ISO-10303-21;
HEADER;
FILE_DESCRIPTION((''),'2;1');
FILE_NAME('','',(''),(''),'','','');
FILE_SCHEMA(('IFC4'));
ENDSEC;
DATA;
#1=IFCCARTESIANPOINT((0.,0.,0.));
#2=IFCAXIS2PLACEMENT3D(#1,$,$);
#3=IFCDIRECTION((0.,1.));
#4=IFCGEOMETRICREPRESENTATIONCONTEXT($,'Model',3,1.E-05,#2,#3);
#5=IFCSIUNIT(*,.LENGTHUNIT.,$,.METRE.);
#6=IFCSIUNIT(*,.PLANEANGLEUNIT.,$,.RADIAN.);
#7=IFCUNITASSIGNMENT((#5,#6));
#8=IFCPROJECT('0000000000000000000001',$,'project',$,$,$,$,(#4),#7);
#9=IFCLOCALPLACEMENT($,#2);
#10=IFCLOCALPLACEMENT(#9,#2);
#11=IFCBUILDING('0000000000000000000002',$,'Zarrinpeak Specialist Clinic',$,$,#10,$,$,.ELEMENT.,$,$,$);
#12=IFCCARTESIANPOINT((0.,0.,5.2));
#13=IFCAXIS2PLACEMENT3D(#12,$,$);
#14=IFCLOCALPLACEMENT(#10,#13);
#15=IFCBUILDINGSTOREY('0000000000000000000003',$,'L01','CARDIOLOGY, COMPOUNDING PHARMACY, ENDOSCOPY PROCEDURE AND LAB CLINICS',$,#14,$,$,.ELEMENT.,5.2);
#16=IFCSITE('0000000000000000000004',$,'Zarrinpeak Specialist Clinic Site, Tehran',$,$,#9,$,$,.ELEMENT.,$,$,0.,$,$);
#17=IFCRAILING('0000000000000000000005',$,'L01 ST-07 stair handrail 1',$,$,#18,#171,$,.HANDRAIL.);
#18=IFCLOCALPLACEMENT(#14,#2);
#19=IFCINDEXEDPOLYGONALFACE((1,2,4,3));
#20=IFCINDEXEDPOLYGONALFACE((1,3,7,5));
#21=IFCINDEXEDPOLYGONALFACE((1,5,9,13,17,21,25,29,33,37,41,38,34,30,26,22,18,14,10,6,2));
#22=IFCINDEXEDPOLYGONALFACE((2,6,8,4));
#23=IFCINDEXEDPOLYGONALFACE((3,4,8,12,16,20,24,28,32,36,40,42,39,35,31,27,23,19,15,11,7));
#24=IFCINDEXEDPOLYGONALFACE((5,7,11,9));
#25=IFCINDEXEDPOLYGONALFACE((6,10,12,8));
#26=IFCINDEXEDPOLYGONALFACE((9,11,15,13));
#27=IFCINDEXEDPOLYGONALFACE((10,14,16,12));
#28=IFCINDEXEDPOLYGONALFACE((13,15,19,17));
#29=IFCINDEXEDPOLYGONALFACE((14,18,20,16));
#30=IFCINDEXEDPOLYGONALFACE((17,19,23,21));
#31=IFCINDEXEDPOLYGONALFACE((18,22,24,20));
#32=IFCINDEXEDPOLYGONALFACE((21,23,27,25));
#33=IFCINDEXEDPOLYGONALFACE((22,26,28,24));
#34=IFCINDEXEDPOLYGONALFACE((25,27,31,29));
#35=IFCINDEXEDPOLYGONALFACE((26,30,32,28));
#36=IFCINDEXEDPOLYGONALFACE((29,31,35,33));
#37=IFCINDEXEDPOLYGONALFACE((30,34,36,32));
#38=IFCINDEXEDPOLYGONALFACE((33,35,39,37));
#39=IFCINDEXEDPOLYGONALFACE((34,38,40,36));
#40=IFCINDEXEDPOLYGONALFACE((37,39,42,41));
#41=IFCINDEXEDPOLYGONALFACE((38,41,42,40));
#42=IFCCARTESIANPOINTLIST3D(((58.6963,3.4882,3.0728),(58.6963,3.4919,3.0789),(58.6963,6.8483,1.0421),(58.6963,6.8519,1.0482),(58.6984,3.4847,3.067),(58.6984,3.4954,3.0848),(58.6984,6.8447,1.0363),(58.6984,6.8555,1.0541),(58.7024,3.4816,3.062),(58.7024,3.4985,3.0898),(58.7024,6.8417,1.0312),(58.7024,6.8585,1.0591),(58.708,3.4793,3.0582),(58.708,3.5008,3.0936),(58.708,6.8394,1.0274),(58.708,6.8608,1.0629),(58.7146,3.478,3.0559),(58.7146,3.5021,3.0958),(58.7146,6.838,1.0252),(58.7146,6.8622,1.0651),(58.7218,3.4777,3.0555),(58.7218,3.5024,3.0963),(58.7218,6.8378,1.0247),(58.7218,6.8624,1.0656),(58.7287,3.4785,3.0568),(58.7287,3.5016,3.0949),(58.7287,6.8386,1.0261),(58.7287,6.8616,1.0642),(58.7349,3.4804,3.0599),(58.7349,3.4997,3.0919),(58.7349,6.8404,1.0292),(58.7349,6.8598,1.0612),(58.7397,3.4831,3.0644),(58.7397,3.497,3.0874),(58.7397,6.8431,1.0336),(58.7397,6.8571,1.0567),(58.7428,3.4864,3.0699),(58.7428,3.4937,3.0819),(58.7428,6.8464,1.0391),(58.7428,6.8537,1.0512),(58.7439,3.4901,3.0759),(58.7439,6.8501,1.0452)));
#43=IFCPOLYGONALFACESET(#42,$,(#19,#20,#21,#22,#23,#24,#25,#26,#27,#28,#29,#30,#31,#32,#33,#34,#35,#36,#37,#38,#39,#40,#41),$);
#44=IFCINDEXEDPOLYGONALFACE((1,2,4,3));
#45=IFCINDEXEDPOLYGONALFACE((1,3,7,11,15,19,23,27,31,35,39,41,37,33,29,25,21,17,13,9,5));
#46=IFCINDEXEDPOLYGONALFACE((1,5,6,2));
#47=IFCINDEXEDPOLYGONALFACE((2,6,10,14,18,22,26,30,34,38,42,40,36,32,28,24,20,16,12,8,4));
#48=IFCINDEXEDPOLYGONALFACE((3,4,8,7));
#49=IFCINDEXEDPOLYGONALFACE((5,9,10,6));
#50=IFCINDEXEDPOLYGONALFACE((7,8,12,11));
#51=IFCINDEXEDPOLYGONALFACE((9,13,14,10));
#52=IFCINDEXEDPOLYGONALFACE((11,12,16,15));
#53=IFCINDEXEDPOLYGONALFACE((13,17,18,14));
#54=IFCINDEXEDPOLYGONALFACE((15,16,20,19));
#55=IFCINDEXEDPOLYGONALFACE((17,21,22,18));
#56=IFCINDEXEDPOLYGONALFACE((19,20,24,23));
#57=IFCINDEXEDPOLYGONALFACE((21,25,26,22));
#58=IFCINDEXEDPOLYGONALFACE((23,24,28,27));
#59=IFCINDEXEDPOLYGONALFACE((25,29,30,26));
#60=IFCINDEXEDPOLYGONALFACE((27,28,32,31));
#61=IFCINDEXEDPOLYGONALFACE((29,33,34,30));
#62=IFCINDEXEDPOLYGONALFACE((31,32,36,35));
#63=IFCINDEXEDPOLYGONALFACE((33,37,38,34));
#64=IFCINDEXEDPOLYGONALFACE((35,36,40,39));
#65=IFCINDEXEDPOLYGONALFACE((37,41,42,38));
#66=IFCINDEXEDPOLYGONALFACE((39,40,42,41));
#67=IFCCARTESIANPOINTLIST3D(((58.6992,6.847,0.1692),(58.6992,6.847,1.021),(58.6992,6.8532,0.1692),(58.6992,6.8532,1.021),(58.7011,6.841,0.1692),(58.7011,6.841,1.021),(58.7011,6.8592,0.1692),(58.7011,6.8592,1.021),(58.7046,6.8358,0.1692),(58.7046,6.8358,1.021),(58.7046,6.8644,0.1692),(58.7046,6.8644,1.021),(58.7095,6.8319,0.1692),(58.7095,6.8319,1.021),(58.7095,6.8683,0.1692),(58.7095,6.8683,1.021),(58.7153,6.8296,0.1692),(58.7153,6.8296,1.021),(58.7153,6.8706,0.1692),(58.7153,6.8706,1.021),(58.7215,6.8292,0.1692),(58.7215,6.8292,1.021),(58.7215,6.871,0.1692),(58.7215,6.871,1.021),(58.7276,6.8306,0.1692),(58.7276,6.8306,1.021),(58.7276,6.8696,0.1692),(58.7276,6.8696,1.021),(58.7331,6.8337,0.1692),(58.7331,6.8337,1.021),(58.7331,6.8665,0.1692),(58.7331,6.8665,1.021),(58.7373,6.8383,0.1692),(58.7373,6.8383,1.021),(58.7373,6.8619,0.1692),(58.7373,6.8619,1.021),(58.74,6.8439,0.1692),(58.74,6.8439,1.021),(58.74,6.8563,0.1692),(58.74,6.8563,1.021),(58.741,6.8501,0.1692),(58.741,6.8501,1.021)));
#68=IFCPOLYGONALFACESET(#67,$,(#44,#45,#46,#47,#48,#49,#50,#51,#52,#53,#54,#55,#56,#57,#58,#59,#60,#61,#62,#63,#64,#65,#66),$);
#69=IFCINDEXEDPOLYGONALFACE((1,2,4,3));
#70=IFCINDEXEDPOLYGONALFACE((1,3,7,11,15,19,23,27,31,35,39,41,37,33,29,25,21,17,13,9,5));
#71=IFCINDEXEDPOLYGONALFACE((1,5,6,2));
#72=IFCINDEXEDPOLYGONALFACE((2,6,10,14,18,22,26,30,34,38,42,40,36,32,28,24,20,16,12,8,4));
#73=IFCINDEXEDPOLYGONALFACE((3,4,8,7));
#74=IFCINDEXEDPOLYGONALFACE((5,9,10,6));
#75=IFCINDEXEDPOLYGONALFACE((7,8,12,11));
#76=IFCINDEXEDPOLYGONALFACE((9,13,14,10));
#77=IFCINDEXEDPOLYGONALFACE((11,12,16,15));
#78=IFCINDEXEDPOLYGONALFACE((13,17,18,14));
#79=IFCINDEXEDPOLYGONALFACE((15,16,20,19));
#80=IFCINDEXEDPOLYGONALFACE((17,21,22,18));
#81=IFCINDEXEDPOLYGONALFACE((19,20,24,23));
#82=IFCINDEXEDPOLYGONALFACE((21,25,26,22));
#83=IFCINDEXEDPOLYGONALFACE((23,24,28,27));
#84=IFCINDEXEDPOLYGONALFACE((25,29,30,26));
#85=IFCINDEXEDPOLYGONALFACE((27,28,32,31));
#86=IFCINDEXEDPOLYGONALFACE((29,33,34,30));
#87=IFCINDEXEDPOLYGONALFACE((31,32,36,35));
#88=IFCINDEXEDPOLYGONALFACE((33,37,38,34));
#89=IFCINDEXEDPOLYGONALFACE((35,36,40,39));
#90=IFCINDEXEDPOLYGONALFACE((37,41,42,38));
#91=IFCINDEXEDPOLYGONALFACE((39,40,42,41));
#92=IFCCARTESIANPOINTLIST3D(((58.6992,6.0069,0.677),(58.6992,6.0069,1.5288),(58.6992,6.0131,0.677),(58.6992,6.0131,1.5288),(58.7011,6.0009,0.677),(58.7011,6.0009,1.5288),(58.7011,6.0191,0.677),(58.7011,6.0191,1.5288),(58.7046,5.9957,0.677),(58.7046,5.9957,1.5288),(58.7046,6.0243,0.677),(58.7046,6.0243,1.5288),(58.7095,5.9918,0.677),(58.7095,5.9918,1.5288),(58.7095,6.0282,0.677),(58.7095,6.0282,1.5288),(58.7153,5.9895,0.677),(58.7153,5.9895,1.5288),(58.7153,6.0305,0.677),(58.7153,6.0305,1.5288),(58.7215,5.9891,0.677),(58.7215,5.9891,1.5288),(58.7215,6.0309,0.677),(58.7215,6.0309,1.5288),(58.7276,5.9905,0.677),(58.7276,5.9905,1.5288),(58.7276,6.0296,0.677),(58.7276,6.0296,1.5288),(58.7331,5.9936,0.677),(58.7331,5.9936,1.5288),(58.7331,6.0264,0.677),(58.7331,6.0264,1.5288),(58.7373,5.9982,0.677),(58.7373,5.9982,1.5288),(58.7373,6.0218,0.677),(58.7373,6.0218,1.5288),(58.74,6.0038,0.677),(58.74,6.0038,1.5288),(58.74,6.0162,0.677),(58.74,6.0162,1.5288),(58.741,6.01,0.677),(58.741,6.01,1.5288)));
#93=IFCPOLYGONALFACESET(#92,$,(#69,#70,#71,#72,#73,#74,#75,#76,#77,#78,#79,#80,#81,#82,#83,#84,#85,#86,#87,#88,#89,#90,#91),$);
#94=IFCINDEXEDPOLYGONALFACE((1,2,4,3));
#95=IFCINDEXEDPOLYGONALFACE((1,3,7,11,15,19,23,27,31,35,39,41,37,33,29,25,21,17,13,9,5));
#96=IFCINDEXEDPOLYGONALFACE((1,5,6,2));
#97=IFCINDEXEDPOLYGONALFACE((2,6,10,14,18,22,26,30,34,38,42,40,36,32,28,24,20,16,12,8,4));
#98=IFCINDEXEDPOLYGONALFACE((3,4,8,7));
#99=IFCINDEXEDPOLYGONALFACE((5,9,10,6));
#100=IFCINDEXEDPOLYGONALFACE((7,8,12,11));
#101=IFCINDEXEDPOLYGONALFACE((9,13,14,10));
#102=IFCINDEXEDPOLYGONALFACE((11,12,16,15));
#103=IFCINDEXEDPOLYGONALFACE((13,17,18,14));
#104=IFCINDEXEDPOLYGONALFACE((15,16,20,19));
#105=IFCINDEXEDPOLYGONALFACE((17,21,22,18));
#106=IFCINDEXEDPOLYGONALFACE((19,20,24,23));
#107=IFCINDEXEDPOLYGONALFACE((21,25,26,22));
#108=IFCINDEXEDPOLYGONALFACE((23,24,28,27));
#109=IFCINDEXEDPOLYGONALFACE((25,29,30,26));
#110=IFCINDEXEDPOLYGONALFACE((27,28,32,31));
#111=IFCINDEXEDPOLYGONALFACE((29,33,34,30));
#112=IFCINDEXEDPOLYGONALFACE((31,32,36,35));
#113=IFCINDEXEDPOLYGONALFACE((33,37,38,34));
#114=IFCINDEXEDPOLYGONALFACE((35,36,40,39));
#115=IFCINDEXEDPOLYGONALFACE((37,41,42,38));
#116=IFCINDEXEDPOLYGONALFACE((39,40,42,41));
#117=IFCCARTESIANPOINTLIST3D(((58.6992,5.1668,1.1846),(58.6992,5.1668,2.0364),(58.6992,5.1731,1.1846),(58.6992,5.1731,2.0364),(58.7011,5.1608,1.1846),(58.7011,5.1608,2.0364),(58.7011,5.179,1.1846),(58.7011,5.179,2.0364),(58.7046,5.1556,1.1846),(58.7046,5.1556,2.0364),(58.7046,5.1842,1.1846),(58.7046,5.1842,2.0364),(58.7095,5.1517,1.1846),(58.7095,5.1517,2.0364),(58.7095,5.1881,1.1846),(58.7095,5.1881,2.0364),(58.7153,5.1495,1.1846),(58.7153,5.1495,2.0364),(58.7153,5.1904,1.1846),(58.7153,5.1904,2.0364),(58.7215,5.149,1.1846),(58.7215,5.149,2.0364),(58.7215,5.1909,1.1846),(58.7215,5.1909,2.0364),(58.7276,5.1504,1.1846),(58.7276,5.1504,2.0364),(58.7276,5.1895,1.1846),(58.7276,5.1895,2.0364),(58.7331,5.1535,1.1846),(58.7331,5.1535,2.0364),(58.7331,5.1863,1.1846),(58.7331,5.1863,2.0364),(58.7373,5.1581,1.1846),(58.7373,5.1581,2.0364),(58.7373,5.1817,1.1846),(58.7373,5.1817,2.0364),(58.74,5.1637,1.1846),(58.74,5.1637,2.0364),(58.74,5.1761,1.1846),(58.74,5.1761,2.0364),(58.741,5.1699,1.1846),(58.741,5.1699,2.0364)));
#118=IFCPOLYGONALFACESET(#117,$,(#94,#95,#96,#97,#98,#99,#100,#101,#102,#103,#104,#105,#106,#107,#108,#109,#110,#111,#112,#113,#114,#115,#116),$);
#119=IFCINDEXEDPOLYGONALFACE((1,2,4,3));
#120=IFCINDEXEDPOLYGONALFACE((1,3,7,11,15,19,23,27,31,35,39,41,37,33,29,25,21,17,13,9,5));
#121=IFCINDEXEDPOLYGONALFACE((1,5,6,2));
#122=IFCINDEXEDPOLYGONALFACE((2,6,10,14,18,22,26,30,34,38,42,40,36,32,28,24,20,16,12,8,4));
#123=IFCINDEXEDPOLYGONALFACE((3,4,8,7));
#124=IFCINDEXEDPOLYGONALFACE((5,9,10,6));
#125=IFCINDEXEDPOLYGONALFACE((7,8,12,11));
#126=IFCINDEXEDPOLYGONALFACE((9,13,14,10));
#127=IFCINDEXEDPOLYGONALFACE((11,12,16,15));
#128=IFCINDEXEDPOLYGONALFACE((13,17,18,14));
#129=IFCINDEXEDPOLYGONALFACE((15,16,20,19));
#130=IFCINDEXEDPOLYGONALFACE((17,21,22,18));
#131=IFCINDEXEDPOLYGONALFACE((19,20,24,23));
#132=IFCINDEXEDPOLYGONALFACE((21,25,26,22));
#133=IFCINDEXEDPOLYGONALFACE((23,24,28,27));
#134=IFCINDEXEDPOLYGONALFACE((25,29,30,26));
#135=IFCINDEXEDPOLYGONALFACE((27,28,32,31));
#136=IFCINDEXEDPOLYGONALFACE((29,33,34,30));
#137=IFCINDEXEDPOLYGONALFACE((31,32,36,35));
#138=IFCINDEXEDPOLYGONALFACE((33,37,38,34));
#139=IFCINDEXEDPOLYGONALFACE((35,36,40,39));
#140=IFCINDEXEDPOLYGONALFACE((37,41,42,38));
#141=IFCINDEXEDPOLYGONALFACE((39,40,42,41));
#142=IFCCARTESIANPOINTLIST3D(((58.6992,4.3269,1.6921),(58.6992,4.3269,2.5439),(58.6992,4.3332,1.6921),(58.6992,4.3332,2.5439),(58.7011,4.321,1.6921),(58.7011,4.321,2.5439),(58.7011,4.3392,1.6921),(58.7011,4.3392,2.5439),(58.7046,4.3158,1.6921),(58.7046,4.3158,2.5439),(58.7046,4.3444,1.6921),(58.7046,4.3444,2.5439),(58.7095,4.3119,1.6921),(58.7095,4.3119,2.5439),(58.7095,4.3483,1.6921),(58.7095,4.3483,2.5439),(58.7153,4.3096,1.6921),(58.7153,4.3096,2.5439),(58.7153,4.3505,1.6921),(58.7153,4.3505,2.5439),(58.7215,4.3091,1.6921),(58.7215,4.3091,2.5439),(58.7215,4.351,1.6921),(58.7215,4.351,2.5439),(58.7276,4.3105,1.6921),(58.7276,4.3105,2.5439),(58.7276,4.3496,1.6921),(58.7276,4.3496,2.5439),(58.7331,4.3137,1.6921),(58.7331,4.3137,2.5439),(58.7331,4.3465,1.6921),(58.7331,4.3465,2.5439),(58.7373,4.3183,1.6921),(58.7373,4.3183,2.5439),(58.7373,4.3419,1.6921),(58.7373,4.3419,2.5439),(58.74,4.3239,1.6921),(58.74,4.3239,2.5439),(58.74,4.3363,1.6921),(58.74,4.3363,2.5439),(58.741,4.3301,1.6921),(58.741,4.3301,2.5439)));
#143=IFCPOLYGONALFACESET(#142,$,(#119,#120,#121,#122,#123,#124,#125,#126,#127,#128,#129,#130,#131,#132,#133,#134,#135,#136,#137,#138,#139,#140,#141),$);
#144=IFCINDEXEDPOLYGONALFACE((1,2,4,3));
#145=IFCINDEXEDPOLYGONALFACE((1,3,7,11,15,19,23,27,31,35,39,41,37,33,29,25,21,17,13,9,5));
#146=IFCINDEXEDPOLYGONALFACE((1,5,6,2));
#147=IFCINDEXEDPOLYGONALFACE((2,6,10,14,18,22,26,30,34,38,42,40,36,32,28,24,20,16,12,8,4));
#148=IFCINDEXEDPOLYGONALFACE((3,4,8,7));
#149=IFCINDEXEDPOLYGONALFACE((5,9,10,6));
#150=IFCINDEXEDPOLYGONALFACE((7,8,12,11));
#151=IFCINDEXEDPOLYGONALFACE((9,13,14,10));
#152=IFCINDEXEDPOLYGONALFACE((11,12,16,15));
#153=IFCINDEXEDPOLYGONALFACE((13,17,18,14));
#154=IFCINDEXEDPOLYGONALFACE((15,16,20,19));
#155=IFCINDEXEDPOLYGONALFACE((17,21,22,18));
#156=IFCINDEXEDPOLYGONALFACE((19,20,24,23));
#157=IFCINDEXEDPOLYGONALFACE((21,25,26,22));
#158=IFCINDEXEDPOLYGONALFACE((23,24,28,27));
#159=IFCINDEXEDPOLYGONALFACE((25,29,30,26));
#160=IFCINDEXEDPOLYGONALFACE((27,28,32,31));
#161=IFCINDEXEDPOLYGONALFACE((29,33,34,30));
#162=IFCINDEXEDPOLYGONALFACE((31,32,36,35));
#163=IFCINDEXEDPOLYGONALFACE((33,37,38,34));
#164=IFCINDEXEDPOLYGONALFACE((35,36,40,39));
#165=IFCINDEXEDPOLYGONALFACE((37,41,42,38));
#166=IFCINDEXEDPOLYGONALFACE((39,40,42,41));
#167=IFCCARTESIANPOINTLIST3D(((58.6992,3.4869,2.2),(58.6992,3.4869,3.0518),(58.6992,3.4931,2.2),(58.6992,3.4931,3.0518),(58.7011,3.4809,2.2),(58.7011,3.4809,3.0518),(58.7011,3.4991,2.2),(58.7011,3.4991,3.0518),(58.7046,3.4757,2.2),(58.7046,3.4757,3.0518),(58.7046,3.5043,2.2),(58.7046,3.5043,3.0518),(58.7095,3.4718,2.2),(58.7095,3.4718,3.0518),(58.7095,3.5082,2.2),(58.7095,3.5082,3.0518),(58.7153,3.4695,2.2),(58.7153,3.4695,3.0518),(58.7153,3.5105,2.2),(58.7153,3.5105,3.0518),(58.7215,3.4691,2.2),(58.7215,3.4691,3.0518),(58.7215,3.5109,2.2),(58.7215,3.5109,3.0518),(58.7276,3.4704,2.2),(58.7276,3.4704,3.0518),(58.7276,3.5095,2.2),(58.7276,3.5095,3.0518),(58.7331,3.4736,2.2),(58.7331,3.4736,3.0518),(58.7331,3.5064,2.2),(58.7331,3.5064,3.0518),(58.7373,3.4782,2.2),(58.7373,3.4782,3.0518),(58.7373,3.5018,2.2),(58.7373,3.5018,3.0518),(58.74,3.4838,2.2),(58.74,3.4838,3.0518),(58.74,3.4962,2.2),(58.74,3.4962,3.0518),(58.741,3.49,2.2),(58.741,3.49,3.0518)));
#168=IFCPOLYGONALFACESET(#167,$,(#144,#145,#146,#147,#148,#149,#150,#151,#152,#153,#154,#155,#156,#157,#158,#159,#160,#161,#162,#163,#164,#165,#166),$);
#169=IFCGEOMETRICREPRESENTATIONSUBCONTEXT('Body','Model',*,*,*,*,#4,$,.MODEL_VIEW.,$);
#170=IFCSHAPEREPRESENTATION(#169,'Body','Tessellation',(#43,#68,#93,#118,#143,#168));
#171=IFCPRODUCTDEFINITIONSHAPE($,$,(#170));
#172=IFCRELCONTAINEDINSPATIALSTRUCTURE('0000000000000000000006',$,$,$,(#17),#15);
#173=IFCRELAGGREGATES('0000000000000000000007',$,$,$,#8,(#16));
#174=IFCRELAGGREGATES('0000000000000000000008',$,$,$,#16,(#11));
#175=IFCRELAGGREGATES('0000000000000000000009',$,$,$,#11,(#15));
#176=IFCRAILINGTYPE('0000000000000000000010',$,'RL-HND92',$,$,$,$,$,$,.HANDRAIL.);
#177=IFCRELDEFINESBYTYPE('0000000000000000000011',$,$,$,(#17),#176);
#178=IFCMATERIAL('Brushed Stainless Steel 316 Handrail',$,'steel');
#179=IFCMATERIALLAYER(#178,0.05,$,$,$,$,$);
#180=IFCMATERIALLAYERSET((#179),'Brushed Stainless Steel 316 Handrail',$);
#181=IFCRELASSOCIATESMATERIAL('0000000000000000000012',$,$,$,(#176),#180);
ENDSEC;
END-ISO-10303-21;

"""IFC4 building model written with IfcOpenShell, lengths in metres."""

from ifc_helpers import new_model, si_unit, direction, frame, origin, origin_2d, place, context, subcontext, project, spatial, circle, extrude, material, layer, layer_set, type_object, element, save


model = new_model("IFC4")

# Units and contexts
model_context = context("Model", 3, precision=1e-05, world=origin(), true_north=direction((0.0, 1.0)))
body_context = subcontext(model_context, "Body", "Model", "MODEL_VIEW")
ifc_project = project(units=[si_unit("LENGTHUNIT", "METRE"), si_unit("PLANEANGLEUNIT", "RADIAN")], contexts=[model_context])

# Site, building, storey
site_placement = place(None, origin())
site = spatial("IfcSite", under=ifc_project, at=site_placement, Name="Zarrinpeak Specialist Clinic Site, Tehran", CompositionType="ELEMENT", RefElevation=0.0)
building_placement = place(site_placement, origin())
building = spatial("IfcBuilding", under=site, at=building_placement, Name="Zarrinpeak Specialist Clinic", CompositionType="ELEMENT")
storey_placement = place(building_placement, frame((0.0, 0.0, 5.2)))
storey = spatial("IfcBuildingStorey", under=building, at=storey_placement, Name="L01", Description="CARDIOLOGY, COMPOUNDING PHARMACY, ENDOSCOPY PROCEDURE AND LAB CLINICS", CompositionType="ELEMENT", Elevation=5.2)

# Railing
ifc_material_1 = material(Name="Brushed Stainless Steel 316 Handrail", Category="steel")
ifc_layer_1 = layer(ifc_material_1, 0.05)
ifc_layer_set_1 = layer_set([ifc_layer_1], Name="Brushed Stainless Steel 316 Handrail")
railing_type_1 = type_object("IfcRailingType", Name="RL-HND92", PredefinedType="HANDRAIL", material=ifc_layer_set_1)
railing_1_placement = place(storey_placement, frame((58.72, 6.8501, 0.1692)))
element("IfcRailing", 1, at=railing_1_placement, inside=storey, type_object=railing_type_1, Name="L01 ST-07 stair handrail 1", PredefinedType="HANDRAIL", context=body_context, shape_type="SweptSolid", body=[
    extrude(circle(Radius=0.0239, at=origin_2d()), frame((0.0, 0.0, 0.876), z_axis=(0.0, -0.855837, 0.517246), x_axis=(1.0, 0.0, 0.0)), (0.0, 0.0, 1.0), 3.926),
    extrude(circle(Radius=0.021, at=origin_2d()), origin(), (0.0, 0.0, 1.0), 0.8518),
    extrude(circle(Radius=0.021, at=origin_2d()), frame((0.0, -0.8401, 0.5078)), (0.0, 0.0, 1.0), 0.8518),
    extrude(circle(Radius=0.021, at=origin_2d()), frame((0.0, -1.6802, 1.0154)), (0.0, 0.0, 1.0), 0.8518),
    extrude(circle(Radius=0.021, at=origin_2d()), frame((0.0, -2.52, 1.5229)), (0.0, 0.0, 1.0), 0.8518),
    extrude(circle(Radius=0.021, at=origin_2d()), frame((0.0, -3.3601, 2.0308)), (0.0, 0.0, 1.0), 0.8518),
])

save(model, "model.ifc")
